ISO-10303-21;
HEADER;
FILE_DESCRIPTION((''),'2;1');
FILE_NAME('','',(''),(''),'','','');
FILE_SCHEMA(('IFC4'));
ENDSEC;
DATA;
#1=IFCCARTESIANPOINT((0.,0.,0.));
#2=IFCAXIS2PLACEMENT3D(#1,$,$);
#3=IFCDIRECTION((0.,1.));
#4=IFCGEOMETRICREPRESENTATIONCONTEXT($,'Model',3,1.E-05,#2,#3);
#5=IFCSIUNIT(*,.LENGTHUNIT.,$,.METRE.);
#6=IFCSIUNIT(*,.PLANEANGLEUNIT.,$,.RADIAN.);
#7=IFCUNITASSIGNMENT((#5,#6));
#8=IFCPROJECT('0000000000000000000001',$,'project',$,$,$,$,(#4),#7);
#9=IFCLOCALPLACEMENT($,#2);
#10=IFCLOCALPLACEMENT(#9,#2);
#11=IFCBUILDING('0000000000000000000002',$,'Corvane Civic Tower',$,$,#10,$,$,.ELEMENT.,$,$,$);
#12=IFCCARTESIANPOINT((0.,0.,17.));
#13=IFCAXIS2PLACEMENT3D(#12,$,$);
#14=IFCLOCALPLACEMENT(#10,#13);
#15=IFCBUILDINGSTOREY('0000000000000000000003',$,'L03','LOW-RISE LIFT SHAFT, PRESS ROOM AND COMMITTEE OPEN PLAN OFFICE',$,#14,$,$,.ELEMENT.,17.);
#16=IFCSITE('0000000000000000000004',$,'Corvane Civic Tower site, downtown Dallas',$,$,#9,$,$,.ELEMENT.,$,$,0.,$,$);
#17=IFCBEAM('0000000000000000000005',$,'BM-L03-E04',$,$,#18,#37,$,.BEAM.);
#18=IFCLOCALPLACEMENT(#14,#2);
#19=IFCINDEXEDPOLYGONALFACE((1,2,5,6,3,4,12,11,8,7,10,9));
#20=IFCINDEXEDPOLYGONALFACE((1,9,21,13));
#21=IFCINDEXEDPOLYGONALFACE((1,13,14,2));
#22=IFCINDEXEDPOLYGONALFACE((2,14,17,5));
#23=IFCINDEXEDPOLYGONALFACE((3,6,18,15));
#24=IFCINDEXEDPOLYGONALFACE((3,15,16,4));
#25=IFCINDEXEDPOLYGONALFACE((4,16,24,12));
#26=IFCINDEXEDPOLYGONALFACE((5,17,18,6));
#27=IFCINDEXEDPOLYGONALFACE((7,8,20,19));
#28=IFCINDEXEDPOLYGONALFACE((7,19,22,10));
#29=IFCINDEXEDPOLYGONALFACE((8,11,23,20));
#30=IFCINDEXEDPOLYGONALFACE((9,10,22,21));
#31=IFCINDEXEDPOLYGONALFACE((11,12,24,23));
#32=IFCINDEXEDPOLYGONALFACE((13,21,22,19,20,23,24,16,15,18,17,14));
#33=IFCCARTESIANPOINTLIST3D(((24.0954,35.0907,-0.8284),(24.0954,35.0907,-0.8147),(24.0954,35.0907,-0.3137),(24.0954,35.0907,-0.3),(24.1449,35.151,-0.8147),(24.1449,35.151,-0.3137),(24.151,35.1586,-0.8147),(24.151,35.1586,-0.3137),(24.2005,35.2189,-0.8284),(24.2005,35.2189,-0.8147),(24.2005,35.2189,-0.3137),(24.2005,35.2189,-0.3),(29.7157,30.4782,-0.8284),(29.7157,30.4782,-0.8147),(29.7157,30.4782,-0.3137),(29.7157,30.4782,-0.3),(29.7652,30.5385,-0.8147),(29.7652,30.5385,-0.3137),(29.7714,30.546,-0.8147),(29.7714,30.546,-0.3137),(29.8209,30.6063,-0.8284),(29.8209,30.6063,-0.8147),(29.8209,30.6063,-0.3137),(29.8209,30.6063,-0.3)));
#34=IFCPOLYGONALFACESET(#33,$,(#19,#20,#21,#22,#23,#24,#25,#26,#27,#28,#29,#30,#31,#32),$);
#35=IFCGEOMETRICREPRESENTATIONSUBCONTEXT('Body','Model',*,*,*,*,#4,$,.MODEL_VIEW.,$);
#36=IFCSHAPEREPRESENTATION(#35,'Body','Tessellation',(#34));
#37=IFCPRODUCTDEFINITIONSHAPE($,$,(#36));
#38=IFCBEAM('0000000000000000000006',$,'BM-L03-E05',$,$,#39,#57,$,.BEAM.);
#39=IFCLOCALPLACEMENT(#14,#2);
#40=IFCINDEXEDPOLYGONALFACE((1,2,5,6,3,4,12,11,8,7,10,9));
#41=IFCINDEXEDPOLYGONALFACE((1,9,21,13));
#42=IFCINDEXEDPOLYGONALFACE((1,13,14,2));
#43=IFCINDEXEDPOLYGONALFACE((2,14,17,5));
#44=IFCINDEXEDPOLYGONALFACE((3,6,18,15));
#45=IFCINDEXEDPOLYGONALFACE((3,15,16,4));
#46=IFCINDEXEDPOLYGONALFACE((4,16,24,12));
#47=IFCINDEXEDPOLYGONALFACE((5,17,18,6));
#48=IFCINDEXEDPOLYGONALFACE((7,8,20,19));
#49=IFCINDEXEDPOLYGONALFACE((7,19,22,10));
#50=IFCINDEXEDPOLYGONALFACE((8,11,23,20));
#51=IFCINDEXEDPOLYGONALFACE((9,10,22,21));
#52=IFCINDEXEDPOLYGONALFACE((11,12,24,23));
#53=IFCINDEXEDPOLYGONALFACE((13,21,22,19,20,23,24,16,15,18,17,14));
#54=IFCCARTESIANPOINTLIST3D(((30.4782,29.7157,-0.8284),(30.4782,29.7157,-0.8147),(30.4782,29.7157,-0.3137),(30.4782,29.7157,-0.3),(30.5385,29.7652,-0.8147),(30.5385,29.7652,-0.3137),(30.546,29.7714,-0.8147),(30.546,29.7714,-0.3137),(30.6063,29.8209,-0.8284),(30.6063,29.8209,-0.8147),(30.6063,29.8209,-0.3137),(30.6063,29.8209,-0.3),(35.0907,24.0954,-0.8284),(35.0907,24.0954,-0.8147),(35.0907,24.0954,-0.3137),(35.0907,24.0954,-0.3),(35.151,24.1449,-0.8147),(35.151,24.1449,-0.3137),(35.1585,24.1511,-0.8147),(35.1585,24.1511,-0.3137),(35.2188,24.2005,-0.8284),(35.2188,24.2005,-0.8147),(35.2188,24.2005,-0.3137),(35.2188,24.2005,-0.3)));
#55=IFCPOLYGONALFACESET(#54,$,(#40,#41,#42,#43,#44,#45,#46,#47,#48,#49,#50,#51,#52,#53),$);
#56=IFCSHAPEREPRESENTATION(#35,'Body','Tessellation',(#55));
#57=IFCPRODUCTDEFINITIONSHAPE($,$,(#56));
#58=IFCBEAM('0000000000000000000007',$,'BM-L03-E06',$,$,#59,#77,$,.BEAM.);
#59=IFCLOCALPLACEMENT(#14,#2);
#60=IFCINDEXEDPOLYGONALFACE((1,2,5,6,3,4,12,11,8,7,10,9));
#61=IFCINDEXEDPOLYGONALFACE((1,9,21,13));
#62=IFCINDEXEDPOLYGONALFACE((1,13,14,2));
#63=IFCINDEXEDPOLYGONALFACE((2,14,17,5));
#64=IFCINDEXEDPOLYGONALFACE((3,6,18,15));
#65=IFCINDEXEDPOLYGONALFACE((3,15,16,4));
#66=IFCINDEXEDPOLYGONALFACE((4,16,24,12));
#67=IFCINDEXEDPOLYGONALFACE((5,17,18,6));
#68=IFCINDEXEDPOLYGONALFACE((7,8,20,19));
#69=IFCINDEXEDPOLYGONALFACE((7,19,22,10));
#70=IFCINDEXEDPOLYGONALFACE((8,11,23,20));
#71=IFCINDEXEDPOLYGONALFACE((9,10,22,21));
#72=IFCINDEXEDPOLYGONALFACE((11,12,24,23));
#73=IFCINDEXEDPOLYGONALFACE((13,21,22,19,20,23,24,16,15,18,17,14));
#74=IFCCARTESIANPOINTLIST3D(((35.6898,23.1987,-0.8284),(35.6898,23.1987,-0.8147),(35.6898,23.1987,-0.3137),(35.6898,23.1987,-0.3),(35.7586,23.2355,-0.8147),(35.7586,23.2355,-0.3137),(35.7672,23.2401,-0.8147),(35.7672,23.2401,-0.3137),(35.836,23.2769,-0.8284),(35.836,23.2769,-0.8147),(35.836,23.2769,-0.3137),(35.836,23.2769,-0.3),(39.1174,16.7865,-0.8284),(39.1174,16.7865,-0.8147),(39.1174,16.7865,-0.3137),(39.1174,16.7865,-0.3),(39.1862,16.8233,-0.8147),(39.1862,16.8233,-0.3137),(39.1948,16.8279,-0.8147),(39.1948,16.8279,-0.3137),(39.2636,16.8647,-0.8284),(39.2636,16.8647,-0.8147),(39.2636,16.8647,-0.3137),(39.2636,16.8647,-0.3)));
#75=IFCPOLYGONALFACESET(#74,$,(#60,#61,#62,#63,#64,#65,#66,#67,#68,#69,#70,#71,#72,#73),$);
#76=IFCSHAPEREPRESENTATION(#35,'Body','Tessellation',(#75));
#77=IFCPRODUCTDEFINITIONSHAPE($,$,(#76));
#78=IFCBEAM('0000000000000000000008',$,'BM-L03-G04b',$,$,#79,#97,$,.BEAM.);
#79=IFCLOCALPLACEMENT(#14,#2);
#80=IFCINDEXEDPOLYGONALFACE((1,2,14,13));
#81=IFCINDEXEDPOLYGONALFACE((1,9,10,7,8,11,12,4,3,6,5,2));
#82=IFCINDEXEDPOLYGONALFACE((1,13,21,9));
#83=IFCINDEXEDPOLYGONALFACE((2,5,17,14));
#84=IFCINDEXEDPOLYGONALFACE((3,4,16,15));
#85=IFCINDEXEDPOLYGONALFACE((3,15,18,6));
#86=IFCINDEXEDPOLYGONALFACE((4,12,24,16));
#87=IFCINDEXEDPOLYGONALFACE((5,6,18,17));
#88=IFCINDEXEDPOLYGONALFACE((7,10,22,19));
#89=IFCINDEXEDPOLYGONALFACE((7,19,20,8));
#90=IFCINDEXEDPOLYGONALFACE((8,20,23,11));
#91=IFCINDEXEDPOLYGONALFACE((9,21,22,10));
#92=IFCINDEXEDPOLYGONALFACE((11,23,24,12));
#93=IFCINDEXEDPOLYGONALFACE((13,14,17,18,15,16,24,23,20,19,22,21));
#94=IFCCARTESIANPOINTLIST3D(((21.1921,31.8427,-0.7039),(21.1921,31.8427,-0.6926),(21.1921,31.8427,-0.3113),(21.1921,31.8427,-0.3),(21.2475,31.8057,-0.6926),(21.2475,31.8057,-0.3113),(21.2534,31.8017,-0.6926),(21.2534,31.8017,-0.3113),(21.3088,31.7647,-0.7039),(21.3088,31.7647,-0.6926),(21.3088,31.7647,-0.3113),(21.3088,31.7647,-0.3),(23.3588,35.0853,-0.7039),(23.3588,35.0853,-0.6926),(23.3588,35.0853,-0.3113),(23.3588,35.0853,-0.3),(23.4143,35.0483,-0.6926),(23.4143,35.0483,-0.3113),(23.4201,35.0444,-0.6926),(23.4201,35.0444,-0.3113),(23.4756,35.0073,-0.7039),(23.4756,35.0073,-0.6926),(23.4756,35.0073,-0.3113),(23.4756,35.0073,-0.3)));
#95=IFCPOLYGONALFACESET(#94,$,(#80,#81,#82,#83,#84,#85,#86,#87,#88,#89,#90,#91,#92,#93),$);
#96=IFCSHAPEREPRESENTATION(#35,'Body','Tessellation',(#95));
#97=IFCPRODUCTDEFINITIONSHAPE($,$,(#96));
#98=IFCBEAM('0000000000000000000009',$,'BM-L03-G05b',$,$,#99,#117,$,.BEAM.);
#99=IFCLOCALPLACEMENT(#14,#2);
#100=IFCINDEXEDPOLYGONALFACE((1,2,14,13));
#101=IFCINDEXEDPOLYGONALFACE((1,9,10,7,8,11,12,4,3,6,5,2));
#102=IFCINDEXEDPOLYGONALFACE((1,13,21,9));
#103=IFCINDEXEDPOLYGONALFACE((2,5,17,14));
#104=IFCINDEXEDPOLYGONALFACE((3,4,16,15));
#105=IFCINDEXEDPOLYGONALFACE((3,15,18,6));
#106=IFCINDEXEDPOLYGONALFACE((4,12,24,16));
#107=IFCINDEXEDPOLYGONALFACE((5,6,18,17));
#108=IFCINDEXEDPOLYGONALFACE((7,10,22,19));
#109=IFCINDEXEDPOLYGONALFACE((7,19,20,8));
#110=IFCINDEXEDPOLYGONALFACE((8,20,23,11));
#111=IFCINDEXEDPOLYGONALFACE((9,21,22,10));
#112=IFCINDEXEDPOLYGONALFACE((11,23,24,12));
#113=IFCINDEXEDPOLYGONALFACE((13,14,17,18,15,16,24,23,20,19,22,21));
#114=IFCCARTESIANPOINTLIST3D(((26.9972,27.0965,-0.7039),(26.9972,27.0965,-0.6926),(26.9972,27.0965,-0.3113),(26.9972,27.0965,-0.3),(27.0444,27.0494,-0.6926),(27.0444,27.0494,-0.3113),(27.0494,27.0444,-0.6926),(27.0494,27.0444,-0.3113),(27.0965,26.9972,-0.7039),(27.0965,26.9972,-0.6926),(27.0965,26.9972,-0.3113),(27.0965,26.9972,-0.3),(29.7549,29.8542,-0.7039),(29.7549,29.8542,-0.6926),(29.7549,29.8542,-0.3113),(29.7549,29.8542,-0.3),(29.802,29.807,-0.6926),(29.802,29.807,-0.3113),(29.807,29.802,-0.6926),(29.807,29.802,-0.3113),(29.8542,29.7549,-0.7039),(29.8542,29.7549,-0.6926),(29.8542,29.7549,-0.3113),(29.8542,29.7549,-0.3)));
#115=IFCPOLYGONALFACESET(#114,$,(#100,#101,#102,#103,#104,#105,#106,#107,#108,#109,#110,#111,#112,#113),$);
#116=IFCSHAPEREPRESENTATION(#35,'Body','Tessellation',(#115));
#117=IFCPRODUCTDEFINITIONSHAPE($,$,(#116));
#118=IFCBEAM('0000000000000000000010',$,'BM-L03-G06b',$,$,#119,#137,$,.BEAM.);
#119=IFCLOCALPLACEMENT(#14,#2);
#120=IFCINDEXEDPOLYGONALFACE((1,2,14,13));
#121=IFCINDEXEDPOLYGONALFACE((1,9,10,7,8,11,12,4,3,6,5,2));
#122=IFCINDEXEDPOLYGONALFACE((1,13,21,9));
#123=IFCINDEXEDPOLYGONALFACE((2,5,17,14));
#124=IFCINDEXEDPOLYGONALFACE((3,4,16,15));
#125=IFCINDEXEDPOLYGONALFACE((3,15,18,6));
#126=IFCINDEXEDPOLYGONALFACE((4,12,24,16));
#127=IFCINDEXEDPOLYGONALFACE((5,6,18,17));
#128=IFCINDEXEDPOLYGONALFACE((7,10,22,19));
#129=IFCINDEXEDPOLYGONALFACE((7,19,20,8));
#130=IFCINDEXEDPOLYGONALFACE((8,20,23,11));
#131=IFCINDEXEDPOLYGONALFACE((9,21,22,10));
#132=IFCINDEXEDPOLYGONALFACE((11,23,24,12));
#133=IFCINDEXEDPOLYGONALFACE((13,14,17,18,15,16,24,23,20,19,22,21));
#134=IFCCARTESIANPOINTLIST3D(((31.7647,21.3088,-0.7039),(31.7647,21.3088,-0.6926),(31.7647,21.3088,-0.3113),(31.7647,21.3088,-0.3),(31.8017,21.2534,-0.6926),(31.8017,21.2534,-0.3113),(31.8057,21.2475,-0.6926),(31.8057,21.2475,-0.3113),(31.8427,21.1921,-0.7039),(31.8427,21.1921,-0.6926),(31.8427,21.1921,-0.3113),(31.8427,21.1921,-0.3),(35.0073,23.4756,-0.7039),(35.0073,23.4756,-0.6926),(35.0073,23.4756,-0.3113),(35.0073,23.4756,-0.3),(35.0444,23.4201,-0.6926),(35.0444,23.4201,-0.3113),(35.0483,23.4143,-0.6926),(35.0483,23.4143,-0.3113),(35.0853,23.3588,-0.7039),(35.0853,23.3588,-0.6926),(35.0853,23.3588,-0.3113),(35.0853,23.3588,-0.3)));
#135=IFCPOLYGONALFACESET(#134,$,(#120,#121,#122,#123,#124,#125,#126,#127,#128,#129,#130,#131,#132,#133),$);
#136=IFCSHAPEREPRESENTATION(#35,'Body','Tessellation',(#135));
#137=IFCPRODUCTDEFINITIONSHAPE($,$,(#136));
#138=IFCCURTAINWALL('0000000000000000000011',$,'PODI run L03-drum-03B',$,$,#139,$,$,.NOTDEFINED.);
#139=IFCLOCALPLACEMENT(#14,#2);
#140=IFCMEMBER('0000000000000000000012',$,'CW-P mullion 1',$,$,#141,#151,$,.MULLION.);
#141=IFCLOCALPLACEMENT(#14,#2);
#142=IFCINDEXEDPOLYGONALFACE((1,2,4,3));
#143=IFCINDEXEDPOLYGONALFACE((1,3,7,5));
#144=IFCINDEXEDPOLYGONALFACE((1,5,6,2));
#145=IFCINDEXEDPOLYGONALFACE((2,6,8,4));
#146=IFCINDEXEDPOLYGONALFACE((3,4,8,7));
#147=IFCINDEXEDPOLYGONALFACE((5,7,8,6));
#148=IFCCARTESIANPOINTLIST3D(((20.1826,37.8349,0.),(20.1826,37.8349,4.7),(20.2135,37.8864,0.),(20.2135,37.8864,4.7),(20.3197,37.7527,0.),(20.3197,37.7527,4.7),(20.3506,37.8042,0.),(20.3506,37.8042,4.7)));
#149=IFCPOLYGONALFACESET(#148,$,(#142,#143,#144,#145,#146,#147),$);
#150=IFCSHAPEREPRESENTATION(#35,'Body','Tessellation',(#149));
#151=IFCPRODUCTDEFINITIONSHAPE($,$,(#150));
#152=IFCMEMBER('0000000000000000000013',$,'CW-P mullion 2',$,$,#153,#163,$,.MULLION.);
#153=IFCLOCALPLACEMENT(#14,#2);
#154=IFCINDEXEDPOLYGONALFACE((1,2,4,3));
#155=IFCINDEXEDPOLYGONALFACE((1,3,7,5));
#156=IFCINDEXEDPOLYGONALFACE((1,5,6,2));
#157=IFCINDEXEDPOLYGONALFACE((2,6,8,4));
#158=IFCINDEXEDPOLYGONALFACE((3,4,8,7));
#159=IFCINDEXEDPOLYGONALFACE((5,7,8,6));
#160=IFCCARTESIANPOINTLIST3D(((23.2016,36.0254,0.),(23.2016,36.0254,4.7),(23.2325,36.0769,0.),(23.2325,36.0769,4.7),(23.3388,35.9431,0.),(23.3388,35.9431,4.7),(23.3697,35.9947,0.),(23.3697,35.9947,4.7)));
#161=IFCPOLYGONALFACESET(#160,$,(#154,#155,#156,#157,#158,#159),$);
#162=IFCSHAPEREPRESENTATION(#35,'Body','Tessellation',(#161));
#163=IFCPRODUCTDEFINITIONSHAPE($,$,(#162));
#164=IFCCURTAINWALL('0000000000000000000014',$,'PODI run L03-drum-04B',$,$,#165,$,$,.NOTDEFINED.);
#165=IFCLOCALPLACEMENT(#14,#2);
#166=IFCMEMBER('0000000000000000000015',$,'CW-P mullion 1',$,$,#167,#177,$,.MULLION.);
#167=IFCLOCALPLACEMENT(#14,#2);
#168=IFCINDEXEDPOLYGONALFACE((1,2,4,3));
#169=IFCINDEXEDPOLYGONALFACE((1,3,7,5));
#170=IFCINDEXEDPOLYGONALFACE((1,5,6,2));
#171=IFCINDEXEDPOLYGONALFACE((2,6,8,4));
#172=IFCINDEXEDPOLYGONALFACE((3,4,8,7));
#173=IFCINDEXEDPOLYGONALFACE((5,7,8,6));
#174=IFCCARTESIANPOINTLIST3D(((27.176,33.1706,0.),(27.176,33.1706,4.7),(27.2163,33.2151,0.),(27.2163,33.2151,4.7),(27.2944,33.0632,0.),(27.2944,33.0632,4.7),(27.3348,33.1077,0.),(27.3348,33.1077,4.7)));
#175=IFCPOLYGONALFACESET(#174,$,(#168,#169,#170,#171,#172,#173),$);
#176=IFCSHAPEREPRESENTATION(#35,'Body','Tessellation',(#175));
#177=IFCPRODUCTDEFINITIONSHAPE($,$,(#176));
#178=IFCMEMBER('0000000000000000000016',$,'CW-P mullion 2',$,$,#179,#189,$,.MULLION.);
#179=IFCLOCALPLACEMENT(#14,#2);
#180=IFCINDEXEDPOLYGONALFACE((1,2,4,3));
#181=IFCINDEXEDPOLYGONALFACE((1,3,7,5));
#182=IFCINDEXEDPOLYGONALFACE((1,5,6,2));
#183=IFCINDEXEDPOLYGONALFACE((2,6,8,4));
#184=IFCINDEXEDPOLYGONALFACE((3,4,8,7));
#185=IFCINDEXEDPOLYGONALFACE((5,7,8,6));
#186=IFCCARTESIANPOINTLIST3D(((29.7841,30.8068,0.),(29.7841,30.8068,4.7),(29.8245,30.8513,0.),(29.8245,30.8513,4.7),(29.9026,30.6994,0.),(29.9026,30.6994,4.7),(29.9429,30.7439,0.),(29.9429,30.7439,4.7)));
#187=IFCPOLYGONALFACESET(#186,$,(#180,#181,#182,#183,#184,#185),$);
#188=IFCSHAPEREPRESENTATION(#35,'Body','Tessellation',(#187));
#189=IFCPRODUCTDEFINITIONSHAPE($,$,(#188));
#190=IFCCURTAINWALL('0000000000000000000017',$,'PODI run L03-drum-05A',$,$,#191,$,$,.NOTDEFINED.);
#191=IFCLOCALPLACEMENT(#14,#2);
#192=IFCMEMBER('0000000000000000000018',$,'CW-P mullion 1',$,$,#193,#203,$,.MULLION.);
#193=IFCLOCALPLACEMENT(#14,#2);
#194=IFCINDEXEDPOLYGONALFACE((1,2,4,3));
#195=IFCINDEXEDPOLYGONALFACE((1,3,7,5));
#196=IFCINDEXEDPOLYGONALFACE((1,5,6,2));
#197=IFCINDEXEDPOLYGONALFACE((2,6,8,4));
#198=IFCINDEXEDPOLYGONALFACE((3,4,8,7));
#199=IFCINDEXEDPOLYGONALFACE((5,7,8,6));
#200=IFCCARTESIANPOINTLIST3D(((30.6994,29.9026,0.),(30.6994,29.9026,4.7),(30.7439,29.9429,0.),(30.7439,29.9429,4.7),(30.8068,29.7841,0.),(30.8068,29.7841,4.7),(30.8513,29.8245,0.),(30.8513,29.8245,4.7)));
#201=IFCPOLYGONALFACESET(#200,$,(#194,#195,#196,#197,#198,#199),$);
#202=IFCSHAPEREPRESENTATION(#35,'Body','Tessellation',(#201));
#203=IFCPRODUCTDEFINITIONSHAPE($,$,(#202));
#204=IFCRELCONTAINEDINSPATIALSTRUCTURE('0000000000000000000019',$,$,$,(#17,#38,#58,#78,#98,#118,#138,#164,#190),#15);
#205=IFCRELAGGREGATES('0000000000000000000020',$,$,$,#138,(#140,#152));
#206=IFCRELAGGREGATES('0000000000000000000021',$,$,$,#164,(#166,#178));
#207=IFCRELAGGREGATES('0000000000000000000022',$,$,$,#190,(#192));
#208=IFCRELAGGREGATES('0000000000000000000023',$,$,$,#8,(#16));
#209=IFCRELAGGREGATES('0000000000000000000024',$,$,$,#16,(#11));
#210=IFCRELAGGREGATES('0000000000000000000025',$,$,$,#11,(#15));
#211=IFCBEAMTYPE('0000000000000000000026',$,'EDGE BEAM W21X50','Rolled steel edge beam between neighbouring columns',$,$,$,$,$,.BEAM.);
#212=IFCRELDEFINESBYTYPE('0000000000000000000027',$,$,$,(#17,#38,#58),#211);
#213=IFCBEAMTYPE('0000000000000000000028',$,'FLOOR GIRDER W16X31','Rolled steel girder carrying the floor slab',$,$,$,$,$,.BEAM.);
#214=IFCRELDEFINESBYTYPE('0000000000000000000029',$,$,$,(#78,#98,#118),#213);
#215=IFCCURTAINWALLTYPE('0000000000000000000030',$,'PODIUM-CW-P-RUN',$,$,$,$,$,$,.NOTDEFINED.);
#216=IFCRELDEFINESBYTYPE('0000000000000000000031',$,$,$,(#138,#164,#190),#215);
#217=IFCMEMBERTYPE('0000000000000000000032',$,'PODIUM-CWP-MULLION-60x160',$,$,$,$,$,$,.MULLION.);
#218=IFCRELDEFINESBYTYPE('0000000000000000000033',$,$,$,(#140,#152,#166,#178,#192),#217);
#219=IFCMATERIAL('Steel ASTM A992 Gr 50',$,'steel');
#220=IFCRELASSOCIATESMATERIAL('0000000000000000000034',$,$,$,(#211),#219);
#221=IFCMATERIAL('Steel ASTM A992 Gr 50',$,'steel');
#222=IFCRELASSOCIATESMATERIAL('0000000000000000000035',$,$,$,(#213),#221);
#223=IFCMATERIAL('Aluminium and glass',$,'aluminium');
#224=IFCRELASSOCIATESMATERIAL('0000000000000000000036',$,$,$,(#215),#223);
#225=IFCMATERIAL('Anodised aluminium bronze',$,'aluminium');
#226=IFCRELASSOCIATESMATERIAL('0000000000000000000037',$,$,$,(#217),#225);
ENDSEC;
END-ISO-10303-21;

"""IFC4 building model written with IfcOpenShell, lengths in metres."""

from ifc_helpers import new_model, si_unit, direction, frame, origin, origin_2d, place, context, subcontext, project, spatial, rectangle, i_section, extrude, material, material_profile, profile_set, type_object, element, aggregate, save


model = new_model("IFC4")

# Units and contexts
model_context = context("Model", 3, precision=1e-05, world=origin(), true_north=direction((0.0, 1.0)))
body_context = subcontext(model_context, "Body", "Model", "MODEL_VIEW")
ifc_project = project(units=[si_unit("LENGTHUNIT", "METRE"), si_unit("PLANEANGLEUNIT", "RADIAN")], contexts=[model_context])

# Site, building, storey
site_placement = place(None, origin())
site = spatial("IfcSite", under=ifc_project, at=site_placement, Name="Corvane Civic Tower site, downtown Dallas", CompositionType="ELEMENT", RefElevation=0.0)
building_placement = place(site_placement, origin())
building = spatial("IfcBuilding", under=site, at=building_placement, Name="Corvane Civic Tower", CompositionType="ELEMENT")
storey_placement = place(building_placement, frame((0.0, 0.0, 17.0)))
storey = spatial("IfcBuildingStorey", under=building, at=storey_placement, Name="L03", Description="LOW-RISE LIFT SHAFT, PRESS ROOM AND COMMITTEE OPEN PLAN OFFICE", CompositionType="ELEMENT", Elevation=17.0)

# Beams
ifc_material_1 = material(Name="Steel ASTM A992 Gr 50", Category="steel")
ifc_material_profile_1 = material_profile(ifc_material_1, i_section(OverallWidth=0.1658, OverallDepth=0.5283, WebThickness=0.0098, FlangeThickness=0.0137, at=origin_2d()), Name="W21X50")
ifc_profile_set_1 = profile_set([ifc_material_profile_1], Name="Steel ASTM A992 Gr 50")
beam_type_1 = type_object("IfcBeamType", Name="EDGE BEAM W21X50", Description="Rolled steel edge beam between neighbouring columns", PredefinedType="BEAM", material=ifc_profile_set_1)
for number, where, z_axis, x_axis, name in (
    (1, (24.1479, 35.1548, -0.5642), (0.773008, -0.634396, 0.0), (0.634396, 0.773008, 0.0), "BM-L03-E04"),
    (2, (30.5422, 29.7683, -0.5642), (0.634396, -0.773008, 0.0), (0.773008, 0.634396, 0.0), "BM-L03-E05"),
    (3, (35.7629, 23.2378, -0.5642), (0.471412, -0.881913, 0.0), (0.881913, 0.471412, 0.0), "BM-L03-E06"),
):
    element("IfcBeam", number, at=place(storey_placement, frame(where, z_axis=z_axis, x_axis=x_axis)), inside=storey, type_object=beam_type_1, Name=name, PredefinedType="BEAM", context=body_context, shape_type="SweptSolid", body=[
        extrude(i_section(OverallWidth=0.1658, OverallDepth=0.5283, WebThickness=0.0098, FlangeThickness=0.0137, at=origin_2d()), origin(), (0.0, 0.0, 1.0), 7.2708),
    ])
ifc_material_2 = material(Name="Steel ASTM A992 Gr 50", Category="steel")
ifc_material_profile_2 = material_profile(ifc_material_2, i_section(OverallWidth=0.1404, OverallDepth=0.4038, WebThickness=0.0071, FlangeThickness=0.0112, at=origin_2d()), Name="W16X31")
ifc_profile_set_2 = profile_set([ifc_material_profile_2], Name="Steel ASTM A992 Gr 50")
beam_type_2 = type_object("IfcBeamType", Name="FLOOR GIRDER W16X31", Description="Rolled steel girder carrying the floor slab", PredefinedType="BEAM", material=ifc_profile_set_2)
for number, where, z_axis, x_axis, name in (
    (4, (21.2505, 31.8037, -0.502), (0.555581, 0.831462, 0.0), (-0.831462, 0.555581, 0.0), "BM-L03-G04b"),
    (5, (27.0469, 27.0469, -0.502), (0.707107, 0.707107, 0.0), (-0.707107, 0.707107, 0.0), "BM-L03-G05b"),
    (6, (31.8037, 21.2505, -0.502), (0.831462, 0.555581, 0.0), (-0.555581, 0.831462, 0.0), "BM-L03-G06b"),
):
    element("IfcBeam", number, at=place(storey_placement, frame(where, z_axis=z_axis, x_axis=x_axis)), inside=storey, type_object=beam_type_2, Name=name, PredefinedType="BEAM", context=body_context, shape_type="SweptSolid", body=[
        extrude(i_section(OverallWidth=0.1404, OverallDepth=0.4038, WebThickness=0.0071, FlangeThickness=0.0112, at=origin_2d()), origin(), (0.0, 0.0, 1.0), 3.8999),
    ])

# Curtain walls, members
ifc_material_3 = material(Name="Aluminium and glass", Category="aluminium")
curtain_wall_type = type_object("IfcCurtainWallType", Name="PODIUM-CW-P-RUN", PredefinedType="NOTDEFINED", material=ifc_material_3)
curtain_wall_1_placement = place(storey_placement, origin())
curtain_wall_1 = element("IfcCurtainWall", 7, at=curtain_wall_1_placement, inside=storey, type_object=curtain_wall_type, Name="PODI run L03-drum-03B", PredefinedType="NOTDEFINED")
ifc_material_4 = material(Name="Anodised aluminium bronze", Category="aluminium")
ifc_material_profile_3 = material_profile(ifc_material_4, rectangle(XDim=0.0601, YDim=0.1599, at=origin_2d()), Name="AL 60x160")
ifc_profile_set_3 = profile_set([ifc_material_profile_3], Name="Anodised aluminium bronze")
member_type_1 = type_object("IfcMemberType", Name="PODIUM-CWP-MULLION-60x160", PredefinedType="MULLION", material=ifc_profile_set_3)
member_1_placement = place(storey_placement, frame((20.2666, 37.8196, 0.0), z_axis=(0.0, 0.0, 1.0), x_axis=(0.514118, 0.85772, 0.0)))
member_1 = element("IfcMember", 8, at=member_1_placement, type_object=member_type_1, Name="CW-P mullion 1", PredefinedType="MULLION", context=body_context, shape_type="SweptSolid", body=[
    extrude(rectangle(XDim=0.0601, YDim=0.1599, at=origin_2d()), origin(), (0.0, 0.0, 1.0), 4.7),
])
member_2_placement = place(storey_placement, frame((23.2856, 36.01, 0.0), z_axis=(0.0, 0.0, 1.0), x_axis=(0.514118, 0.85772, 0.0)))
member_2 = element("IfcMember", 9, at=member_2_placement, type_object=member_type_1, Name="CW-P mullion 2", PredefinedType="MULLION", context=body_context, shape_type="SweptSolid", body=[
    extrude(rectangle(XDim=0.0601, YDim=0.1599, at=origin_2d()), origin(), (0.0, 0.0, 1.0), 4.7),
])
curtain_wall_2_placement = place(storey_placement, origin())
curtain_wall_2 = element("IfcCurtainWall", 10, at=curtain_wall_2_placement, inside=storey, type_object=curtain_wall_type, Name="PODI run L03-drum-04B", PredefinedType="NOTDEFINED")
member_3_placement = place(storey_placement, frame((27.2554, 33.1392, 0.0), z_axis=(0.0, 0.0, 1.0), x_axis=(0.671576, 0.740935, 0.0)))
member_3 = element("IfcMember", 11, at=member_3_placement, type_object=member_type_1, Name="CW-P mullion 1", PredefinedType="MULLION", context=body_context, shape_type="SweptSolid", body=[
    extrude(rectangle(XDim=0.0601, YDim=0.1599, at=origin_2d()), origin(), (0.0, 0.0, 1.0), 4.7),
])
member_4_placement = place(storey_placement, frame((29.8635, 30.7754, 0.0), z_axis=(0.0, 0.0, 1.0), x_axis=(0.671576, 0.740935, 0.0)))
member_4 = element("IfcMember", 12, at=member_4_placement, type_object=member_type_1, Name="CW-P mullion 2", PredefinedType="MULLION", context=body_context, shape_type="SweptSolid", body=[
    extrude(rectangle(XDim=0.0601, YDim=0.1599, at=origin_2d()), origin(), (0.0, 0.0, 1.0), 4.7),
])
curtain_wall_3_placement = place(storey_placement, origin())
curtain_wall_3 = element("IfcCurtainWall", 13, at=curtain_wall_3_placement, inside=storey, type_object=curtain_wall_type, Name="PODI run L03-drum-05A", PredefinedType="NOTDEFINED")
member_5_placement = place(storey_placement, frame((30.7754, 29.8635, 0.0), z_axis=(0.0, 0.0, 1.0), x_axis=(0.740935, 0.671576, 0.0)))
member_5 = element("IfcMember", 14, at=member_5_placement, type_object=member_type_1, Name="CW-P mullion 1", PredefinedType="MULLION", context=body_context, shape_type="SweptSolid", body=[
    extrude(rectangle(XDim=0.0601, YDim=0.1599, at=origin_2d()), origin(), (0.0, 0.0, 1.0), 4.7),
])

aggregate(curtain_wall_1, [member_1, member_2])
aggregate(curtain_wall_2, [member_3, member_4])
aggregate(curtain_wall_3, [member_5])

save(model, "model.ifc")
